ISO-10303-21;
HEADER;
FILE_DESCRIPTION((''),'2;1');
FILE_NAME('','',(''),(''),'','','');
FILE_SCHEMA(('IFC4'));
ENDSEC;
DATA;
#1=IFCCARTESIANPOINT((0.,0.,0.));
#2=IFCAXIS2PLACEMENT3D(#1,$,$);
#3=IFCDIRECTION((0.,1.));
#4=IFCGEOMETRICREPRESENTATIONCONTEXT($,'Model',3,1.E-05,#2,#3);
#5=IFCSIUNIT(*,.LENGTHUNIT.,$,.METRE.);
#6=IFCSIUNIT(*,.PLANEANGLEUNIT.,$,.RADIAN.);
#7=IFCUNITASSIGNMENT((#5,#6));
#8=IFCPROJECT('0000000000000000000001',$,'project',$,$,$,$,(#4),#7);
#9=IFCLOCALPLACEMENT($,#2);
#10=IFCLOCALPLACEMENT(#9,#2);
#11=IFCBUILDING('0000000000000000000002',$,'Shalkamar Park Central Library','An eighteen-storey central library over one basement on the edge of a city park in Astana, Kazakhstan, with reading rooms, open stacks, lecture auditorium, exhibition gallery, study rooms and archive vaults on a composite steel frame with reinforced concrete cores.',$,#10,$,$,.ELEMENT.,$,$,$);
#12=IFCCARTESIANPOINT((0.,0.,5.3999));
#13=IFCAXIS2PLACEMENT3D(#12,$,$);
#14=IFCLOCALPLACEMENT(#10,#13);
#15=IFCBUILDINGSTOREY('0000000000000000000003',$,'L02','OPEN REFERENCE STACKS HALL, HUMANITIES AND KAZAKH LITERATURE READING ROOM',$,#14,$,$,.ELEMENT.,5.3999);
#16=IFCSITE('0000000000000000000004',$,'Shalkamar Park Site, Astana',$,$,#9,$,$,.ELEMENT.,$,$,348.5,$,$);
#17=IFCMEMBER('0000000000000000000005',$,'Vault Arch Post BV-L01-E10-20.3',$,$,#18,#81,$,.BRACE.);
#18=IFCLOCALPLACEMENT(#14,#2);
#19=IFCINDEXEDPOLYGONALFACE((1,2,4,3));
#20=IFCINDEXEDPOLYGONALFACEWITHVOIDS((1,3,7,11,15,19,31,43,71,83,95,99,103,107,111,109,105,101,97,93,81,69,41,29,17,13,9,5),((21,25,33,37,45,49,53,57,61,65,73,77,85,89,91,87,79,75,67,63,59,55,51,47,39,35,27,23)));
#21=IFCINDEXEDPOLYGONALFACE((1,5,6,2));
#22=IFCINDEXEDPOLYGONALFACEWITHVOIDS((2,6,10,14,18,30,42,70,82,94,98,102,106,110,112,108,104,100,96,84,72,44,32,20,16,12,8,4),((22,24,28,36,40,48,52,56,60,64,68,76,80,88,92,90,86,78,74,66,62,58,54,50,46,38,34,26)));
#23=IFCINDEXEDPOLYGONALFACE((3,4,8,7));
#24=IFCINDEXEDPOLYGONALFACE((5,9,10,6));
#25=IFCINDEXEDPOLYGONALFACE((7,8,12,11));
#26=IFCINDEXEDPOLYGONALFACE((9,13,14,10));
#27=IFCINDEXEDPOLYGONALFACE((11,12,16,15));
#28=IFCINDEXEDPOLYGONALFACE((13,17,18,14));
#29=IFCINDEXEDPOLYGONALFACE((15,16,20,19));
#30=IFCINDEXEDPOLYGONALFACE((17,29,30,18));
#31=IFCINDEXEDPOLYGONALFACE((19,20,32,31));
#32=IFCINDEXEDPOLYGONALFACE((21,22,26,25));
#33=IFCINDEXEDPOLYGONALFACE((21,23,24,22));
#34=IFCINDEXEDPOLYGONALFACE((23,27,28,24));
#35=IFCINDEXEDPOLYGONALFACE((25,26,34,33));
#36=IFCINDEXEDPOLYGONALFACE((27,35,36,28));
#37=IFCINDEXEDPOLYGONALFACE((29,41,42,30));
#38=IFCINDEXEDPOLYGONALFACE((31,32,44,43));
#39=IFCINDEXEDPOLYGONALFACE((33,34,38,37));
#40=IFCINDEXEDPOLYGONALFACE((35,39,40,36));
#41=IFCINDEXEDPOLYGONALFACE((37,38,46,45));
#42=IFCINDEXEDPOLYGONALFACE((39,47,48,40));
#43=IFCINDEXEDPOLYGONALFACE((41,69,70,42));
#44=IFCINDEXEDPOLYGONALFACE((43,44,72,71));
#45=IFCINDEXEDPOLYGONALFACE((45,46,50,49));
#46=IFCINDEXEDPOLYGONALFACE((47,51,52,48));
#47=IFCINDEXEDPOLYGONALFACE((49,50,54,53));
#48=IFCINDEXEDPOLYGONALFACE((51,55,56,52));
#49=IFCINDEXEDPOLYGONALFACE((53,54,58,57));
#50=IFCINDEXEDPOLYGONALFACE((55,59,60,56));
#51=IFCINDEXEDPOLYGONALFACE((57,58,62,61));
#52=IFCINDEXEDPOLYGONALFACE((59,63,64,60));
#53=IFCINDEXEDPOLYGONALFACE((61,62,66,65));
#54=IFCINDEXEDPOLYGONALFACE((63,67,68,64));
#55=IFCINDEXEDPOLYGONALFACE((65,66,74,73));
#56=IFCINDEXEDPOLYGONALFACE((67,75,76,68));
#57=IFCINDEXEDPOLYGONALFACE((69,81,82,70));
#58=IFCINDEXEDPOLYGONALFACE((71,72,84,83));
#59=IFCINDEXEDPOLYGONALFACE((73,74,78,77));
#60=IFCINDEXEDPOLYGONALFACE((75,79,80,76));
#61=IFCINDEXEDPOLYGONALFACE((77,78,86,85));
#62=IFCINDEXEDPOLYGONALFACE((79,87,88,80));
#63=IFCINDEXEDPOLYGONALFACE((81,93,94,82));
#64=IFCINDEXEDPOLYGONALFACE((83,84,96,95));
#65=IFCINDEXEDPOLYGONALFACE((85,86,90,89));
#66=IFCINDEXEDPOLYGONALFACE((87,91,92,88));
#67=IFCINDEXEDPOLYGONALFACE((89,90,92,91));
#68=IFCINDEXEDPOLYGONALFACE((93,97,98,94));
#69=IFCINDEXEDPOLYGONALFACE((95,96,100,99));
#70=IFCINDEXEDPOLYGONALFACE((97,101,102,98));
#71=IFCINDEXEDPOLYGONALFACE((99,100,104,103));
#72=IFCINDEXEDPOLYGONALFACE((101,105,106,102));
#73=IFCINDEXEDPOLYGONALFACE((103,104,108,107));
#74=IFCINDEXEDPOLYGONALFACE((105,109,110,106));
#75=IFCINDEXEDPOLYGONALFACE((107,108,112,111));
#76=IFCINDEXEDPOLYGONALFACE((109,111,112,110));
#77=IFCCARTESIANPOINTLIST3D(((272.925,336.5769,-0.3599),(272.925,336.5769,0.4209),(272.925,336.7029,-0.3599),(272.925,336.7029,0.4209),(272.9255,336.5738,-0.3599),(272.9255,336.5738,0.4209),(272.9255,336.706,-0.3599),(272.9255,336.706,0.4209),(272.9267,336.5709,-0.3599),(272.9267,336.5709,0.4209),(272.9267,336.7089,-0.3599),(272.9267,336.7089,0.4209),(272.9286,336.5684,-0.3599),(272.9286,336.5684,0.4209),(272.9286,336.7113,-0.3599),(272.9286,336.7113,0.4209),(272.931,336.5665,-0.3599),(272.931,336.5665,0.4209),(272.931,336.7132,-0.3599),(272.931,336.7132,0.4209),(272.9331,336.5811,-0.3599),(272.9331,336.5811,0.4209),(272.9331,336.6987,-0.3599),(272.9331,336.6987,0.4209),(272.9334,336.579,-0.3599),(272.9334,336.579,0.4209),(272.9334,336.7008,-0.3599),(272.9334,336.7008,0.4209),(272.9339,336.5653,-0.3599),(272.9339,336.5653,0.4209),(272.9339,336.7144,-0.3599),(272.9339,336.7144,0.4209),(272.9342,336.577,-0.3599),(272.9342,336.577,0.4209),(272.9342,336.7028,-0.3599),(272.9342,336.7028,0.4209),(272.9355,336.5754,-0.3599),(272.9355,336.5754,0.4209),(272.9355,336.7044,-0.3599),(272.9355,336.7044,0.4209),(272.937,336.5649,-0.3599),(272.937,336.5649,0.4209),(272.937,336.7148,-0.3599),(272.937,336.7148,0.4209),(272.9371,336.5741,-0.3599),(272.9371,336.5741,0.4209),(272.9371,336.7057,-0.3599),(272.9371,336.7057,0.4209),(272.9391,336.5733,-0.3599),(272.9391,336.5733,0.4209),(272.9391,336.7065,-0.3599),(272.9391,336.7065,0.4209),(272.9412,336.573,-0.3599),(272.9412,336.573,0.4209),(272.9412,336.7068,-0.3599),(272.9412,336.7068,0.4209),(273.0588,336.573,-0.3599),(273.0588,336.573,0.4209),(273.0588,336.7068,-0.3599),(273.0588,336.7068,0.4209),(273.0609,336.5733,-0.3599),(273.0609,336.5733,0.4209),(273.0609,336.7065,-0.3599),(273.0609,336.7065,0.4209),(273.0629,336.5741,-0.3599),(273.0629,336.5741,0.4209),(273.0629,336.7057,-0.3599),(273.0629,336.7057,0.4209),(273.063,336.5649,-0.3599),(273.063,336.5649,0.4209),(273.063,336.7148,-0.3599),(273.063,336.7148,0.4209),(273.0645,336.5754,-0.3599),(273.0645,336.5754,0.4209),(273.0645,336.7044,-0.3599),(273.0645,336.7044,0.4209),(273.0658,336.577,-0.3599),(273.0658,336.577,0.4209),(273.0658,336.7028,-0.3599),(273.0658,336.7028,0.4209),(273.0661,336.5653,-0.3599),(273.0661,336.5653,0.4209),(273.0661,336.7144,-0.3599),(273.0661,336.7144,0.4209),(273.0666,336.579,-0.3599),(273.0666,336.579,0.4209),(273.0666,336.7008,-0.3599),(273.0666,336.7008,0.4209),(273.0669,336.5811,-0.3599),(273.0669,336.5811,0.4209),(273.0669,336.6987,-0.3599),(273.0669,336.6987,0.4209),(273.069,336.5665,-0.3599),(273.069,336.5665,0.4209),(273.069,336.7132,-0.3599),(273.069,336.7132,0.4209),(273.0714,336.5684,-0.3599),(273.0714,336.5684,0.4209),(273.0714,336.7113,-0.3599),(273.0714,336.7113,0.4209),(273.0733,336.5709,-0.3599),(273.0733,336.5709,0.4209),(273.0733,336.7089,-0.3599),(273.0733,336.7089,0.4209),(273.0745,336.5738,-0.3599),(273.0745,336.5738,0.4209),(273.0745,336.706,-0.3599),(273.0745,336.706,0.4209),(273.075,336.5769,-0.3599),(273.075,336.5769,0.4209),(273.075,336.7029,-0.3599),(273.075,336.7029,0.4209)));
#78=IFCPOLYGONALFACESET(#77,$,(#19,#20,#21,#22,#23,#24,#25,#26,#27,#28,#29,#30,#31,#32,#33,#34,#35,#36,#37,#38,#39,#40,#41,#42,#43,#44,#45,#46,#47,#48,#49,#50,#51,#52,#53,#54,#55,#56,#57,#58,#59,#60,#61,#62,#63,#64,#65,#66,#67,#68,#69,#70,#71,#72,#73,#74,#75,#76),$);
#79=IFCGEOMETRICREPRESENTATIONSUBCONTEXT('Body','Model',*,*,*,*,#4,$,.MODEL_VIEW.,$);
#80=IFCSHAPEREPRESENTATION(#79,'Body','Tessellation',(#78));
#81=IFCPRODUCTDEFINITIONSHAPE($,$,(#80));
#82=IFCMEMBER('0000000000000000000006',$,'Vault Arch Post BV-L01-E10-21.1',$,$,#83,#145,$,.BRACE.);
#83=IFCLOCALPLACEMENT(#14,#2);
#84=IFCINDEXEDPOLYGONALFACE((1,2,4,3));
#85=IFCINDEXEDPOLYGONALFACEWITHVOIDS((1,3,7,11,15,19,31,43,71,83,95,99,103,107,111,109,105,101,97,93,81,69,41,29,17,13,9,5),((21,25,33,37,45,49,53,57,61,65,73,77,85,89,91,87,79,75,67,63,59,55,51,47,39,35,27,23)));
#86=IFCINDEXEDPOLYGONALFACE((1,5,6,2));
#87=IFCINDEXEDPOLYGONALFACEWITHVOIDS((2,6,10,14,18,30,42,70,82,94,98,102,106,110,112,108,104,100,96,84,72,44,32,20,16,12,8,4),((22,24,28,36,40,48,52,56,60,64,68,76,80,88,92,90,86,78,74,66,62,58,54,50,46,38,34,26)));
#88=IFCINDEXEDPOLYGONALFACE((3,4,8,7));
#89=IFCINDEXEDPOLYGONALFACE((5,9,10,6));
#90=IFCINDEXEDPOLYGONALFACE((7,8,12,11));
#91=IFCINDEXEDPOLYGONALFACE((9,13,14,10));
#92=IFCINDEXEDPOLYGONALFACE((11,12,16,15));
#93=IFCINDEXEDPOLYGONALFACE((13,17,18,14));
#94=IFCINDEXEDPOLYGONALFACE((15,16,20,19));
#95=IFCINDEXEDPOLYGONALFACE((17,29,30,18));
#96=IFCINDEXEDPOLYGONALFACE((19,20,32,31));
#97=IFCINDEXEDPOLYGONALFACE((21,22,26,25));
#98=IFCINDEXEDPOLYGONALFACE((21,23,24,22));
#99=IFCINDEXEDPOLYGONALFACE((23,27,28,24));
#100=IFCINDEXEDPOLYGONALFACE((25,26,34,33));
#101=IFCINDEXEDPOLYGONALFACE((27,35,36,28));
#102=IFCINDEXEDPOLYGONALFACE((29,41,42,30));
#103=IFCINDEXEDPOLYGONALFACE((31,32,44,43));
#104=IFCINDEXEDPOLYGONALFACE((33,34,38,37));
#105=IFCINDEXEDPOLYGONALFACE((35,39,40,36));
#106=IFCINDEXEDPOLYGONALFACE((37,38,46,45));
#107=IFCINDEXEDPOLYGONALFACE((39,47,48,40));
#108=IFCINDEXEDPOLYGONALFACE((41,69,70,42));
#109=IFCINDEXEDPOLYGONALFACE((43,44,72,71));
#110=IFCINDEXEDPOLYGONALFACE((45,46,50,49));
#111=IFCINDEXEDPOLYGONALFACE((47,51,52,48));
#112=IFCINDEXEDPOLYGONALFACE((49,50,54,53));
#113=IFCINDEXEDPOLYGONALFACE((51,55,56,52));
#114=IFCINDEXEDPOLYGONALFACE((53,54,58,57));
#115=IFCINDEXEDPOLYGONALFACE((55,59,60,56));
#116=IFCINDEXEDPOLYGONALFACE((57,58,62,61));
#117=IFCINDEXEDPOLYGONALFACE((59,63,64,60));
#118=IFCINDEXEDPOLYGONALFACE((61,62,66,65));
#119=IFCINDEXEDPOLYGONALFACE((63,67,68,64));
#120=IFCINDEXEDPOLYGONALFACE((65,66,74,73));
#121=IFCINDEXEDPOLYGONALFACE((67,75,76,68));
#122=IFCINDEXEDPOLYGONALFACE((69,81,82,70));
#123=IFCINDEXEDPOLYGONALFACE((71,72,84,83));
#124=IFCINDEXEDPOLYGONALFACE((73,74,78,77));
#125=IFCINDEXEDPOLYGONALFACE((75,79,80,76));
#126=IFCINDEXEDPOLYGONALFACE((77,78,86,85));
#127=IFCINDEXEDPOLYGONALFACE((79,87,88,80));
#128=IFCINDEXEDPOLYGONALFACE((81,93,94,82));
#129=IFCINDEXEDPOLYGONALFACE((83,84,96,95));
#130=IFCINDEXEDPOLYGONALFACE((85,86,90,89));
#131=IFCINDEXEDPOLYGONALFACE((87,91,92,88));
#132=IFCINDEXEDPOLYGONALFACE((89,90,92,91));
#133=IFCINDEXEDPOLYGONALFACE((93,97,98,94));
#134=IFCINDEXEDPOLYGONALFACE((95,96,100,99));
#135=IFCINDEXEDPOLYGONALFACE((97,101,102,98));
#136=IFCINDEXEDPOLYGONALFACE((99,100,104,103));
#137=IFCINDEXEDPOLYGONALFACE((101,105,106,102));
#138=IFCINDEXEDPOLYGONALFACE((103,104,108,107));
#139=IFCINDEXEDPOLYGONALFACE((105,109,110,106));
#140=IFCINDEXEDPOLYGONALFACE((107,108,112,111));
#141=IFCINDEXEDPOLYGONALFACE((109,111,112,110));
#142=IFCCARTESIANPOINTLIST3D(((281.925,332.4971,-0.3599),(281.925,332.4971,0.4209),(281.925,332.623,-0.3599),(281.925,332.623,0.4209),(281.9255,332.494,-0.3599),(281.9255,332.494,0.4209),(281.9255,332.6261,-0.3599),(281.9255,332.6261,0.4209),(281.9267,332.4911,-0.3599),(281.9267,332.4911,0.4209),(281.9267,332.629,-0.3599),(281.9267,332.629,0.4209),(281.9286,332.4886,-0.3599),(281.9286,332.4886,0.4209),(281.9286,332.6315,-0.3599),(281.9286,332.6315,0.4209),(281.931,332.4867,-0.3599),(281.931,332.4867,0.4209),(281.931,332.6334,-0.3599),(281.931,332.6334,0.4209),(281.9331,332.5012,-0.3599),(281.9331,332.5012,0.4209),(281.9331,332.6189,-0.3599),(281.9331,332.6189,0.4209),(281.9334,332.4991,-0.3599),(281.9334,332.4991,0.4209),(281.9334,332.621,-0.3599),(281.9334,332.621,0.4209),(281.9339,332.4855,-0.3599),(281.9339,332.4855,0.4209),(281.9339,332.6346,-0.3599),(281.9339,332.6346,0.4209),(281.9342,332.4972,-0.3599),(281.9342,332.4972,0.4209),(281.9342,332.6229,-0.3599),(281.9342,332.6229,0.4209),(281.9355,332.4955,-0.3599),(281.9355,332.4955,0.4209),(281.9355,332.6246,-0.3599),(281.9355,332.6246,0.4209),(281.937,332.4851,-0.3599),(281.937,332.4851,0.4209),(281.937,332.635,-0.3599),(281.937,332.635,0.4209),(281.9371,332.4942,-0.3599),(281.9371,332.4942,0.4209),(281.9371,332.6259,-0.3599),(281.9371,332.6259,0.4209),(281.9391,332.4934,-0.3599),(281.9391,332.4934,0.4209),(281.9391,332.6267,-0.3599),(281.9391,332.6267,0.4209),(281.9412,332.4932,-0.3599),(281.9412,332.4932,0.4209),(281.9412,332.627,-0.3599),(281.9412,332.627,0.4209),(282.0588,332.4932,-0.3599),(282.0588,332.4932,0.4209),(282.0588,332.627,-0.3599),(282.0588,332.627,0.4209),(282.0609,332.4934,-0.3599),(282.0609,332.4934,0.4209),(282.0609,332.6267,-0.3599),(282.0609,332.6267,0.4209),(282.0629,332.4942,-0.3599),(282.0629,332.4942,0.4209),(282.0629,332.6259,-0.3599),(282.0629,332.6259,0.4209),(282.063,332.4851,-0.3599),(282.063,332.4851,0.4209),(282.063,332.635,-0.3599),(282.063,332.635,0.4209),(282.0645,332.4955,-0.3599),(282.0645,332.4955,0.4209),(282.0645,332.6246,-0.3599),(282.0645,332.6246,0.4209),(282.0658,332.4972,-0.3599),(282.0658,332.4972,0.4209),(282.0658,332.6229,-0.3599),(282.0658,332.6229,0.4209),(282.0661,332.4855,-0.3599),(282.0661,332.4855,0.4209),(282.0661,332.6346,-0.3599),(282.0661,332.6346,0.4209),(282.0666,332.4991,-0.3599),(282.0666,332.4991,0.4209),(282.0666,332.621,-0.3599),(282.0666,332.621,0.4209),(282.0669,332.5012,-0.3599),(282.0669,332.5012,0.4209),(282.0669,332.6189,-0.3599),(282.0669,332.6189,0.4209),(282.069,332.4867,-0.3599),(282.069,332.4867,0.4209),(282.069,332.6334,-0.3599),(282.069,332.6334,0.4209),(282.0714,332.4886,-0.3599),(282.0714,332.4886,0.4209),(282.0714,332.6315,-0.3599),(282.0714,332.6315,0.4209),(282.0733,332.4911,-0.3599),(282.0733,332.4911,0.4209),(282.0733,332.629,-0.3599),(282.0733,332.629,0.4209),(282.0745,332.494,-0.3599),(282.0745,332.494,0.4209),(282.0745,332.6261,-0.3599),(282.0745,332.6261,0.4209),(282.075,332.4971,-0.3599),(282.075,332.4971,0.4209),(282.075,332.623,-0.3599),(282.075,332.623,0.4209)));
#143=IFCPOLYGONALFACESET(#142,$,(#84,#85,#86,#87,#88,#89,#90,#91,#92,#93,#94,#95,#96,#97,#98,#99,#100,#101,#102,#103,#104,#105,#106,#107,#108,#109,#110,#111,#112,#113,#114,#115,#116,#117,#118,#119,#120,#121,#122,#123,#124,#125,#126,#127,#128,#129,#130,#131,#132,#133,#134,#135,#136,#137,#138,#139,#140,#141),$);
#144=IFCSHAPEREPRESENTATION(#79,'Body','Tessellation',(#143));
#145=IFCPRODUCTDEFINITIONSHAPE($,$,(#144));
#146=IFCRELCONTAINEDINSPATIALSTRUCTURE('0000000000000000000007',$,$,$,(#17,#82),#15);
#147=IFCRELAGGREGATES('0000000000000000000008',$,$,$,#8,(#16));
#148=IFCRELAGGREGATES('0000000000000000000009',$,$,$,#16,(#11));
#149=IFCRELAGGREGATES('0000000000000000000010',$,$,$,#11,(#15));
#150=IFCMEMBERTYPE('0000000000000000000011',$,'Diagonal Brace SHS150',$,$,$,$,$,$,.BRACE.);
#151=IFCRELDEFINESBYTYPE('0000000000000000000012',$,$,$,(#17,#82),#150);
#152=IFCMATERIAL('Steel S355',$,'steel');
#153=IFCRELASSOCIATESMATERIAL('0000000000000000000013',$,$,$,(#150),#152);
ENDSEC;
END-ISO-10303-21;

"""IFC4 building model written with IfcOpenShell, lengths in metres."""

from ifc_helpers import new_model, si_unit, direction, frame, origin, origin_2d, place, context, subcontext, project, spatial, hollow_rectangle, extrude, material, material_profile, profile_set, type_object, element, save


model = new_model("IFC4")

# Units and contexts
model_context = context("Model", 3, precision=1e-05, world=origin(), true_north=direction((0.0, 1.0)))
body_context = subcontext(model_context, "Body", "Model", "MODEL_VIEW")
ifc_project = project(units=[si_unit("LENGTHUNIT", "METRE"), si_unit("PLANEANGLEUNIT", "RADIAN")], contexts=[model_context])

# Site, building, storey
site_placement = place(None, origin())
site = spatial("IfcSite", under=ifc_project, at=site_placement, Name="Shalkamar Park Site, Astana", CompositionType="ELEMENT", RefElevation=348.5)
building_placement = place(site_placement, origin())
building = spatial("IfcBuilding", under=site, at=building_placement, Name="Shalkamar Park Central Library", Description="An eighteen-storey central library over one basement on the edge of a city park in Astana, Kazakhstan, with reading rooms, open stacks, lecture auditorium, exhibition gallery, study rooms and archive vaults on a composite steel frame with reinforced concrete cores.", CompositionType="ELEMENT")
storey_placement = place(building_placement, frame((0.0, 0.0, 5.3999)))
storey = spatial("IfcBuildingStorey", under=building, at=storey_placement, Name="L02", Description="OPEN REFERENCE STACKS HALL, HUMANITIES AND KAZAKH LITERATURE READING ROOM", CompositionType="ELEMENT", Elevation=5.3999)

# Shared definitions
ifc_material_1 = material(Name="Steel S355", Category="steel")

# Members
ifc_material_profile_1 = material_profile(ifc_material_1, hollow_rectangle(XDim=0.1499, YDim=0.1499, WallThickness=0.0081, InnerFilletRadius=0.0081, OuterFilletRadius=0.012, at=origin_2d()), Name="SHS 150x150x8")
ifc_profile_set_1 = profile_set([ifc_material_profile_1], Name="Steel S355")
member_type_1 = type_object("IfcMemberType", Name="Diagonal Brace SHS150", PredefinedType="BRACE", material=ifc_profile_set_1)
for number, where, z_axis, x_axis, name in (
    (1, (273.0, 336.6399, -0.3599), (0.0, 0.0, 1.0), (1.0, 0.0, 0.0), "Vault Arch Post BV-L01-E10-20.3"),
    (2, (282.0, 332.5601, -0.3599), (0.0, 0.0, 1.0), (1.0, 0.0, 0.0), "Vault Arch Post BV-L01-E10-21.1"),
):
    element("IfcMember", number, at=place(storey_placement, frame(where, z_axis=z_axis, x_axis=x_axis)), inside=storey, type_object=member_type_1, Name=name, PredefinedType="BRACE", context=body_context, shape_type="SweptSolid", body=[
        extrude(hollow_rectangle(XDim=0.1499, YDim=0.1499, WallThickness=0.0081, InnerFilletRadius=0.0081, OuterFilletRadius=0.012, at=origin_2d()), origin(), (0.0, 0.0, 1.0), 0.7808),
    ])

save(model, "model.ifc")
